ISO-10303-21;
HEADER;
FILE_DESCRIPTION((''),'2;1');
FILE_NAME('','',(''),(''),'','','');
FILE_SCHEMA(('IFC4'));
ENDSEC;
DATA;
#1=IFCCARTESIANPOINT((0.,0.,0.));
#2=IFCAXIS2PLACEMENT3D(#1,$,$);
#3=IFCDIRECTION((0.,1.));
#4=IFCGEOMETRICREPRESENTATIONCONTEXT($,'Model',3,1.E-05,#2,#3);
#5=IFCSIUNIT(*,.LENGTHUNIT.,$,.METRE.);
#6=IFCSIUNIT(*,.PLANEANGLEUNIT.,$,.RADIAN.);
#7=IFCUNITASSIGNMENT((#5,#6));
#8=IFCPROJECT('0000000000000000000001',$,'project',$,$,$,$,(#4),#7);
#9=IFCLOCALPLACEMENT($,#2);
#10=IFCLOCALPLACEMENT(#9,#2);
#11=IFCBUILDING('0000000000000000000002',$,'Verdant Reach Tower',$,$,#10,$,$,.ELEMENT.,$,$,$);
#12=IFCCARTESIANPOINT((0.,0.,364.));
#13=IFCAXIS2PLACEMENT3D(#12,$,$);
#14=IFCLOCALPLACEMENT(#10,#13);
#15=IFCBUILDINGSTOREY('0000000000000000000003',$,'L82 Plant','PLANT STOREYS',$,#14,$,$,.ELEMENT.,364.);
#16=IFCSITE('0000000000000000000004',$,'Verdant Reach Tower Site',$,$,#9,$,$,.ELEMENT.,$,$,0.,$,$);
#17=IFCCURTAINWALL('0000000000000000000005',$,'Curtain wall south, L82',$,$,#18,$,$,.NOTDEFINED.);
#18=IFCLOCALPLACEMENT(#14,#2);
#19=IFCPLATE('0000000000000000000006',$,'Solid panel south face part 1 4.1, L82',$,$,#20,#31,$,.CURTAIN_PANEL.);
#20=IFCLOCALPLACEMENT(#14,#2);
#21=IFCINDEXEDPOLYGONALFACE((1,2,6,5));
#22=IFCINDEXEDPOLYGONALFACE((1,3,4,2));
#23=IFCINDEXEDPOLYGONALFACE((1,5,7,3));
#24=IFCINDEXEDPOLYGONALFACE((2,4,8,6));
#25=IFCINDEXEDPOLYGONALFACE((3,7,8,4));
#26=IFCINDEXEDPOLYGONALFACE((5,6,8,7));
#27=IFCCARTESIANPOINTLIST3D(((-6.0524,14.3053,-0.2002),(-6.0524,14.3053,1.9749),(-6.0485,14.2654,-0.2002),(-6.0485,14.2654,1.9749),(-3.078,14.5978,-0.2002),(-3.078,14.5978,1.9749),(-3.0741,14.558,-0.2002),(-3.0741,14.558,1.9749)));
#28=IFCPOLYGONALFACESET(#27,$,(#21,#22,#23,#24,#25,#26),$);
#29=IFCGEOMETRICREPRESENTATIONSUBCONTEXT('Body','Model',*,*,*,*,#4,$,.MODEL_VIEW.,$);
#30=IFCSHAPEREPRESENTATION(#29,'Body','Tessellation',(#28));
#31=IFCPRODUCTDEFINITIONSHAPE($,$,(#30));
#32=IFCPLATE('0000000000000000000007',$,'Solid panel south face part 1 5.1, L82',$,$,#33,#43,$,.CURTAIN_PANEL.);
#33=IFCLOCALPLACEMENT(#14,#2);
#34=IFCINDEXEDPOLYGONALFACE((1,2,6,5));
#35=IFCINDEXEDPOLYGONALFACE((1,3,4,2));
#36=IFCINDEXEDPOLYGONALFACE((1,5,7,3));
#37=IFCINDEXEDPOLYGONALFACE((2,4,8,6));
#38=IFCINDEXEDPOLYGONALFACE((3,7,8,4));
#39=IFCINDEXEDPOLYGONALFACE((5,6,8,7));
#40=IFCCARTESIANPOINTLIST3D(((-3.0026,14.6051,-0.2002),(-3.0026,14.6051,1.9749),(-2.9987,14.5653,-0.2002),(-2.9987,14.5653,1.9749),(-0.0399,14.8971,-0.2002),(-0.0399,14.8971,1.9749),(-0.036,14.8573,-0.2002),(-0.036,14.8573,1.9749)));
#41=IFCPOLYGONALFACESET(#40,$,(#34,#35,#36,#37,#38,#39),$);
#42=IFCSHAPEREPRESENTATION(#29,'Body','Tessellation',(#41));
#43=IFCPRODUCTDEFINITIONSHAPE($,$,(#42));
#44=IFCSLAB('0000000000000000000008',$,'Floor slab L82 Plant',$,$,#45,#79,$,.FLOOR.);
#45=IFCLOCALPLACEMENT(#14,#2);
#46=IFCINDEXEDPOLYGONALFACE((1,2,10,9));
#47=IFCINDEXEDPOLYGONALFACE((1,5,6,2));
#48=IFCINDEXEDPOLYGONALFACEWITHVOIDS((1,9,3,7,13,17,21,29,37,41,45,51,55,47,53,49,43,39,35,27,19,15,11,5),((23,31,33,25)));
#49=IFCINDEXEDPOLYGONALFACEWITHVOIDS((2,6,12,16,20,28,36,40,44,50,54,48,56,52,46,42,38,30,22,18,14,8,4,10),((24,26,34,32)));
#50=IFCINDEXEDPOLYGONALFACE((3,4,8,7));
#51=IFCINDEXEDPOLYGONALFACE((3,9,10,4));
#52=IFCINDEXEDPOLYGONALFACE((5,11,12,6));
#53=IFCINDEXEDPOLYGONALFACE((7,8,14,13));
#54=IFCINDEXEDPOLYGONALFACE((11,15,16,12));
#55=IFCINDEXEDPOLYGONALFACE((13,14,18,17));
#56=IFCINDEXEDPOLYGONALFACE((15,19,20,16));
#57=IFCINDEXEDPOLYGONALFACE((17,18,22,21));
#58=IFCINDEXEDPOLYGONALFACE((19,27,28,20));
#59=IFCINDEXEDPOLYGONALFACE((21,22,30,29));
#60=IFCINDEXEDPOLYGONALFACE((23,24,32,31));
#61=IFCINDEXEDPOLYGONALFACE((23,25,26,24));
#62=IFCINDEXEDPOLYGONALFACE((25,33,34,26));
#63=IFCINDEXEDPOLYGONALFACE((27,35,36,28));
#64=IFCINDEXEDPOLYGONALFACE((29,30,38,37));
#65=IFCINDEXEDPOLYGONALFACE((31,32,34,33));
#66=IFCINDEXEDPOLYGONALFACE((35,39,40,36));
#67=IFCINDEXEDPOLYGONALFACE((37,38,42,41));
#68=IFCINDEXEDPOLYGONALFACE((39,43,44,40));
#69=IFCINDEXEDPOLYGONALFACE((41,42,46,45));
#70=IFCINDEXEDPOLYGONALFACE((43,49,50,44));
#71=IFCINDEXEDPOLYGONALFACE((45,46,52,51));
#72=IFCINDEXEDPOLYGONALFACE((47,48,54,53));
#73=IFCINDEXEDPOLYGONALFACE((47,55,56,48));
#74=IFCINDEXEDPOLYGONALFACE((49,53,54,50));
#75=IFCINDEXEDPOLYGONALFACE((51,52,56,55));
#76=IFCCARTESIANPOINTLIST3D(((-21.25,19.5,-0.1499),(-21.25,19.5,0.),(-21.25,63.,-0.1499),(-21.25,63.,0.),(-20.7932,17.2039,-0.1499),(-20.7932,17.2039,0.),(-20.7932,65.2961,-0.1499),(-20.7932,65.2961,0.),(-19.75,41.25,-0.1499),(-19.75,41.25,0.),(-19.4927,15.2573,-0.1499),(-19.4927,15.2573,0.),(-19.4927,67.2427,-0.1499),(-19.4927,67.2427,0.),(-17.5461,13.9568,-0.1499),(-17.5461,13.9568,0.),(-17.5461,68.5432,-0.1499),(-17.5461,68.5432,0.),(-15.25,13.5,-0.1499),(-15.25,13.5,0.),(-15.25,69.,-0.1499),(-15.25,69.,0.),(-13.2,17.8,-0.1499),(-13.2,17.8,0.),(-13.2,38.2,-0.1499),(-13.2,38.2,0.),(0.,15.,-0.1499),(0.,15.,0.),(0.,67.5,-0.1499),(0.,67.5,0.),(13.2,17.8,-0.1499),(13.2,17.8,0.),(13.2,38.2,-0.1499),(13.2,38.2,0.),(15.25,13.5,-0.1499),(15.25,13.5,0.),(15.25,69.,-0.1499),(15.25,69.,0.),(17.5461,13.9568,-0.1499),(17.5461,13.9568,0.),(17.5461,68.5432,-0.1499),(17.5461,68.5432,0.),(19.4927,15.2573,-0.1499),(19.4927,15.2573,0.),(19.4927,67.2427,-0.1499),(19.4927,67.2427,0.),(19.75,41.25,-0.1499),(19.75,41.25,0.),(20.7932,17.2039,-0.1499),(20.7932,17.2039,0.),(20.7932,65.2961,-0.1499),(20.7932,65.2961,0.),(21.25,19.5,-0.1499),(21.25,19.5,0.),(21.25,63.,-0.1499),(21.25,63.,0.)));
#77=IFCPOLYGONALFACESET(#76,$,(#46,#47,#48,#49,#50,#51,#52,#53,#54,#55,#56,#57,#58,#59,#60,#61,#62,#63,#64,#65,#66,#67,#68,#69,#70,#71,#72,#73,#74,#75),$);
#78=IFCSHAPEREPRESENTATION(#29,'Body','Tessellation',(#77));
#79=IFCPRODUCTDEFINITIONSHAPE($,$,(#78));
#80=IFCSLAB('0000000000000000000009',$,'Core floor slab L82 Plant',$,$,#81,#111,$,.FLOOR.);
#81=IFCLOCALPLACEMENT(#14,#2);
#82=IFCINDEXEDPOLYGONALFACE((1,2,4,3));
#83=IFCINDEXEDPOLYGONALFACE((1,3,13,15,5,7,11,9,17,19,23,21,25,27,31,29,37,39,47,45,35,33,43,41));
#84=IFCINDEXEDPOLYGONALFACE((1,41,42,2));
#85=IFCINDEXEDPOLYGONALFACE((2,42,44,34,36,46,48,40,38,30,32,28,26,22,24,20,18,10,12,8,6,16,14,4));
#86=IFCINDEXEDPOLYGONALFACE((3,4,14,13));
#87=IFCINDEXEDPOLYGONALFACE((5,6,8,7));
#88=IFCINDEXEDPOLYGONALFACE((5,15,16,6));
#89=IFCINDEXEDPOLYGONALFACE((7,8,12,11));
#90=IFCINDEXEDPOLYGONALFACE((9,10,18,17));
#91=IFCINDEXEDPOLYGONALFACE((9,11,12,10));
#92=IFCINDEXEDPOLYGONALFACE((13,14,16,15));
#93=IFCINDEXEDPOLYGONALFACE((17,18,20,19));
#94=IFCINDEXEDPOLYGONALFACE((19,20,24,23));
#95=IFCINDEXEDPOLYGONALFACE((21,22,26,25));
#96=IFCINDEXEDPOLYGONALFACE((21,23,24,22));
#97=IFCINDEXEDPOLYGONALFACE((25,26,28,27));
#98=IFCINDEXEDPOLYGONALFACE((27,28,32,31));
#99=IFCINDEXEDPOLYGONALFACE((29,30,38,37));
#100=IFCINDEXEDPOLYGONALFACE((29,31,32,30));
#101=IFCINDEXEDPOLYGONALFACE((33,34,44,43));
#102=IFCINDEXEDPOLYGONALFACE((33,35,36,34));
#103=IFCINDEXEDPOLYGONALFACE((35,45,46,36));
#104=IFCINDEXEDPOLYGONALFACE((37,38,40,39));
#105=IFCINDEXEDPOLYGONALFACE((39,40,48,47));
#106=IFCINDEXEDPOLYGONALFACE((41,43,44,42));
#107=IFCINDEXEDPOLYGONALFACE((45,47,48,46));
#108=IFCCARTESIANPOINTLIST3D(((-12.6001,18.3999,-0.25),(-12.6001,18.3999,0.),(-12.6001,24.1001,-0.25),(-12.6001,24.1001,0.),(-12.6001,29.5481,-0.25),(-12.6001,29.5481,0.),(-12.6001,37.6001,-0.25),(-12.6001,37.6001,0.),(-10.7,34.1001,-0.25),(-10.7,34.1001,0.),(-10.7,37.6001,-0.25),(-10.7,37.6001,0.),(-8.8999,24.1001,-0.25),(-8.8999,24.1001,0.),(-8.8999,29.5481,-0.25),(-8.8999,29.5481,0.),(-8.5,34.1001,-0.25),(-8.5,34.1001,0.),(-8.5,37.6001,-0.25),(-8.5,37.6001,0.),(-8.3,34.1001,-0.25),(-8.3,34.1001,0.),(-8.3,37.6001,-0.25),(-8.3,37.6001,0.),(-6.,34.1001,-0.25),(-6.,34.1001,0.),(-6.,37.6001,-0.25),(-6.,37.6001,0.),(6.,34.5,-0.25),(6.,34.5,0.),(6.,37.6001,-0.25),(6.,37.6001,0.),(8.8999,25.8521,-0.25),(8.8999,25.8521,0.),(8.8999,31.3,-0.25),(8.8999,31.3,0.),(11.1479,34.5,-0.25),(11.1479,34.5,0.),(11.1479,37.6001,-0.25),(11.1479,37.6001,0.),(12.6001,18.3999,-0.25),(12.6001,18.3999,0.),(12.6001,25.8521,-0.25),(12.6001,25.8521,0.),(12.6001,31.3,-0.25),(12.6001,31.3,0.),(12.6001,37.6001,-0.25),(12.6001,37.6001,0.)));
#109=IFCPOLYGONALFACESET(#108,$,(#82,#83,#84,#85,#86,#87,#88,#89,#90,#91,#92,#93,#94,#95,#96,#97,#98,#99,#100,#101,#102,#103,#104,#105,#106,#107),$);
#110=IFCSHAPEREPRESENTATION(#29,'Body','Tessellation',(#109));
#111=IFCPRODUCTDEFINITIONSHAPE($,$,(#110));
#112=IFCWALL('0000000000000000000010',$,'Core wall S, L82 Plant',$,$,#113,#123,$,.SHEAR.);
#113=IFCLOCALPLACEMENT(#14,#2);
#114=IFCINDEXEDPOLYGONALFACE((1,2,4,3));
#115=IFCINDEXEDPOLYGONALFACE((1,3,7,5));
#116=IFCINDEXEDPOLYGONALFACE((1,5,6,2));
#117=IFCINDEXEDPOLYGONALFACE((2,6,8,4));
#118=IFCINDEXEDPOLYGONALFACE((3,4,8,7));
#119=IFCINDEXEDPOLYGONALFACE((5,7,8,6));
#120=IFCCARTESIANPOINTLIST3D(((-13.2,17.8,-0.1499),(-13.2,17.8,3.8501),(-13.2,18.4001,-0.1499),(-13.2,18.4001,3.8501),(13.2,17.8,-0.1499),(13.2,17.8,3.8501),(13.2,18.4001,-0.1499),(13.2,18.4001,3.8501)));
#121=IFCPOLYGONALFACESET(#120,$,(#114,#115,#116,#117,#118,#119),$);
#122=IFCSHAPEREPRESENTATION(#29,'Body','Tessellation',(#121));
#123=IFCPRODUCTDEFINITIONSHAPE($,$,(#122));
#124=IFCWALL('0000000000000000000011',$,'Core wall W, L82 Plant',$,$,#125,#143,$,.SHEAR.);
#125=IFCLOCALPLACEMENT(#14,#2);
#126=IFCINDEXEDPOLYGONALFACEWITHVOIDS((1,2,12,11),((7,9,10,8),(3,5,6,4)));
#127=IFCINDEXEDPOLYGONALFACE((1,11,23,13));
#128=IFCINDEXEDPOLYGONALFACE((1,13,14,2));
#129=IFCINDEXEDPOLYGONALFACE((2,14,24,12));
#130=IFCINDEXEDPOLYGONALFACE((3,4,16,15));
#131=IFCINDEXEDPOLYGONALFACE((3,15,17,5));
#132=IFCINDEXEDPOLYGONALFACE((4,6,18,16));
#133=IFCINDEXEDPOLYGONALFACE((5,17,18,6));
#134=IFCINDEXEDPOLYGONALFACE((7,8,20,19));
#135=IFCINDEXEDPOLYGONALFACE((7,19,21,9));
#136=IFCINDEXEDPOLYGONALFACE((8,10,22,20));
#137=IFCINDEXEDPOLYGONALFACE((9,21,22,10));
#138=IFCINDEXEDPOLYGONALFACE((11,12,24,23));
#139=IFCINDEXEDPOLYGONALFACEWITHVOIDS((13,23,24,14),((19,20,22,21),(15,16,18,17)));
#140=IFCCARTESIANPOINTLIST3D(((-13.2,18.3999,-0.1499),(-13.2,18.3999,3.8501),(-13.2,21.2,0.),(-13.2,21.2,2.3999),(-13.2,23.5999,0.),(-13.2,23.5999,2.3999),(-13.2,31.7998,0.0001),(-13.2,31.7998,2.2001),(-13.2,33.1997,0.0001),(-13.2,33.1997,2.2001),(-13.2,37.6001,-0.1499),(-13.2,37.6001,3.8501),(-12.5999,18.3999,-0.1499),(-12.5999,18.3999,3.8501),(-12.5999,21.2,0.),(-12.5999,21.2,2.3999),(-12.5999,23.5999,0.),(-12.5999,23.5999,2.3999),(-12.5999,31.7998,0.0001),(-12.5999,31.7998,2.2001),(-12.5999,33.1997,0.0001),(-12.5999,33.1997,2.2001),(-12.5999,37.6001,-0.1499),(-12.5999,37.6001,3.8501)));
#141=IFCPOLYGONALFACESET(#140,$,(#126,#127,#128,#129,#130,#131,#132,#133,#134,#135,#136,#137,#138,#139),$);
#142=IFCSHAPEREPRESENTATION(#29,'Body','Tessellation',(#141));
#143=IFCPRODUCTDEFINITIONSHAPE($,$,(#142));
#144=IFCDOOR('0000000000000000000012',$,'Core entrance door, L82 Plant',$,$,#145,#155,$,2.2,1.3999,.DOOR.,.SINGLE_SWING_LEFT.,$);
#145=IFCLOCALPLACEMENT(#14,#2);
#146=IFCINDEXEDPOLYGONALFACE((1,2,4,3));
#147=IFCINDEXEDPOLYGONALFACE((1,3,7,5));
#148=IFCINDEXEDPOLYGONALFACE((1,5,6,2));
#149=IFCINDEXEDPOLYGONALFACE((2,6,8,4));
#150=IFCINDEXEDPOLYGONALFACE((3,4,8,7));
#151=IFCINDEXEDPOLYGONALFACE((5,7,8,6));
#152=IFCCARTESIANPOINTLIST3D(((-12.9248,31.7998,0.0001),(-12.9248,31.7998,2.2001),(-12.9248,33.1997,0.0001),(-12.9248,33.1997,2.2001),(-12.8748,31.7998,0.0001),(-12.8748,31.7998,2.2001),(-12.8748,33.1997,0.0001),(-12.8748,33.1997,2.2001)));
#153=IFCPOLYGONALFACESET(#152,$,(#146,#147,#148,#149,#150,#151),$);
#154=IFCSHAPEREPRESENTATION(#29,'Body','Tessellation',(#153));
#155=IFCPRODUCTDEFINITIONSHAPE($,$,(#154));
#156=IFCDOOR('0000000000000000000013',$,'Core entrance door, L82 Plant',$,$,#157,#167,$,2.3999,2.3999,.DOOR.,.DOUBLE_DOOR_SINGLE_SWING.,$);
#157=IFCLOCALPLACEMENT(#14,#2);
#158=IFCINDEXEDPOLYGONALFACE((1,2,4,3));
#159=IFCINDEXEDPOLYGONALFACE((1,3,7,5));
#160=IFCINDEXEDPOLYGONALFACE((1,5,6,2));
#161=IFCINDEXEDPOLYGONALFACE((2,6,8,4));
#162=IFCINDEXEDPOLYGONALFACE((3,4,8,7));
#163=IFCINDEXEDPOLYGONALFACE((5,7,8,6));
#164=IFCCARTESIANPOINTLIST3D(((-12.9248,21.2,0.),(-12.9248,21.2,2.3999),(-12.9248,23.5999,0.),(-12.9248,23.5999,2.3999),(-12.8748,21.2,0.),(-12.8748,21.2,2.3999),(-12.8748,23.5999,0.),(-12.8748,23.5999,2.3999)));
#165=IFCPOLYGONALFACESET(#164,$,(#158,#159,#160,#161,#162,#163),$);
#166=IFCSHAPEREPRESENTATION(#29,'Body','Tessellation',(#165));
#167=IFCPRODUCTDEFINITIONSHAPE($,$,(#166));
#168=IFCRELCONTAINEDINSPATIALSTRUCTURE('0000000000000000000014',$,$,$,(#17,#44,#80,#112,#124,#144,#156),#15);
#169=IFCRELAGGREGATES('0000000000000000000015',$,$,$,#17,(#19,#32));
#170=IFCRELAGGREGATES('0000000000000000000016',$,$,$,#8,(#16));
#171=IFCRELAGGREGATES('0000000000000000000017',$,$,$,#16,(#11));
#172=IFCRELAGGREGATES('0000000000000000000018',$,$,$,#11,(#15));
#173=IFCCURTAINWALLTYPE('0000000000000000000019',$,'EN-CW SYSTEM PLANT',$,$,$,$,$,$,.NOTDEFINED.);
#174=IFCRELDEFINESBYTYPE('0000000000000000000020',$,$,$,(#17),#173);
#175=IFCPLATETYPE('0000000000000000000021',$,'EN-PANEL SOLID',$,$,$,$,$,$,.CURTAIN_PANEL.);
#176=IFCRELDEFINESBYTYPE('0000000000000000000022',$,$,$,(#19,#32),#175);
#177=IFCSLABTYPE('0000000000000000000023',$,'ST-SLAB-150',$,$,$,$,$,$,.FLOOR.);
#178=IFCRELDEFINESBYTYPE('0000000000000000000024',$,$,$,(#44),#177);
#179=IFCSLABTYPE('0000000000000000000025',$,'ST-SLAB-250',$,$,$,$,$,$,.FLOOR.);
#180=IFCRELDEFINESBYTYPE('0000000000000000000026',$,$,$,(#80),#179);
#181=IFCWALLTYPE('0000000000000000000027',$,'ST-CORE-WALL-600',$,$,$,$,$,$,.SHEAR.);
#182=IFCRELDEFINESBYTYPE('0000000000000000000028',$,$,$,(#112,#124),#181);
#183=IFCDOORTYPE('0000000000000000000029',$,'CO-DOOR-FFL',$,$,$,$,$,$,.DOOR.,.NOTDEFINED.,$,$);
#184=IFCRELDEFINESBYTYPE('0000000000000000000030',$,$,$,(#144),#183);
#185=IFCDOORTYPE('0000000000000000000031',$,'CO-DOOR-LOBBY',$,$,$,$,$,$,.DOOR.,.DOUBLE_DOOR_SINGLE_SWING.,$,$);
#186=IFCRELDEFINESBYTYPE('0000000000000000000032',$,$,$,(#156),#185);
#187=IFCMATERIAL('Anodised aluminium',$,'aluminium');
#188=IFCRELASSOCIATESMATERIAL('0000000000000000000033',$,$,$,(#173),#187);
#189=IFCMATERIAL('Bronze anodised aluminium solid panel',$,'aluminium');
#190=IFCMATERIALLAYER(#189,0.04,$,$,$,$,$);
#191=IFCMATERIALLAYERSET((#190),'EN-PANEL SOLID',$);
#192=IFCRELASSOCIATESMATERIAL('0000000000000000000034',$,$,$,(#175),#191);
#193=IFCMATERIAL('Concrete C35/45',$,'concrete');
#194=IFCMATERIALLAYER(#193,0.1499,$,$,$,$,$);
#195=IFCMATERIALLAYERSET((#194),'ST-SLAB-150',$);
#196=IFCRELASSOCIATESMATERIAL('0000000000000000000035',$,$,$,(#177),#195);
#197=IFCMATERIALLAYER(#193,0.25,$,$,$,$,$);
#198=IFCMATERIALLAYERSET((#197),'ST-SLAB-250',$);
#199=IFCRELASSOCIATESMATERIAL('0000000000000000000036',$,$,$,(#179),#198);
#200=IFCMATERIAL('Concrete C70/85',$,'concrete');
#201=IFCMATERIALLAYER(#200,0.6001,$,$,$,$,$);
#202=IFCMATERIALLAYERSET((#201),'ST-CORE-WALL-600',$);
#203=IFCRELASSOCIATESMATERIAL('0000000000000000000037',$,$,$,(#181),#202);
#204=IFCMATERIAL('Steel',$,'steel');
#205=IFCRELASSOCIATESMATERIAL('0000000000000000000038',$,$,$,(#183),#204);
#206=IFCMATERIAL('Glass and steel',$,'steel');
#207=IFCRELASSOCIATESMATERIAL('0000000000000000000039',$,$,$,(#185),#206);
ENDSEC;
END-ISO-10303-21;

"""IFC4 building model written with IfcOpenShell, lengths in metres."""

from ifc_helpers import new_model, si_unit, direction, frame, frame_2d, origin, origin_2d, place, context, subcontext, project, spatial, polyline, rectangle, outline, extrude, material, layer, layer_set, type_object, element, fill, aggregate, save


model = new_model("IFC4")

# Units and contexts
model_context = context("Model", 3, precision=1e-05, world=origin(), true_north=direction((0.0, 1.0)))
body_context = subcontext(model_context, "Body", "Model", "MODEL_VIEW")
ifc_project = project(units=[si_unit("LENGTHUNIT", "METRE"), si_unit("PLANEANGLEUNIT", "RADIAN")], contexts=[model_context])

# Site, building, storey
site_placement = place(None, origin())
site = spatial("IfcSite", under=ifc_project, at=site_placement, Name="Verdant Reach Tower Site", CompositionType="ELEMENT", RefElevation=0.0)
building_placement = place(site_placement, origin())
building = spatial("IfcBuilding", under=site, at=building_placement, Name="Verdant Reach Tower", CompositionType="ELEMENT")
storey_placement = place(building_placement, frame((0.0, 0.0, 364.0)))
storey = spatial("IfcBuildingStorey", under=building, at=storey_placement, Name="L82 Plant", Description="PLANT STOREYS", CompositionType="ELEMENT", Elevation=364.0)

# Curtain wall
ifc_material_1 = material(Name="Anodised aluminium", Category="aluminium")
curtain_wall_type = type_object("IfcCurtainWallType", Name="EN-CW SYSTEM PLANT", PredefinedType="NOTDEFINED", material=ifc_material_1)
curtain_wall_placement = place(storey_placement, origin())
curtain_wall = element("IfcCurtainWall", 1, at=curtain_wall_placement, inside=storey, type_object=curtain_wall_type, Name="Curtain wall south, L82", PredefinedType="NOTDEFINED")

# Plates
ifc_material_2 = material(Name="Bronze anodised aluminium solid panel", Category="aluminium")
ifc_layer_1 = layer(ifc_material_2, 0.04)
ifc_layer_set_1 = layer_set([ifc_layer_1], Name="EN-PANEL SOLID")
plate_type = type_object("IfcPlateType", Name="EN-PANEL SOLID", PredefinedType="CURTAIN_PANEL", material=ifc_layer_set_1)
plate_1_placement = place(storey_placement, frame((-4.5632, 14.4316, -0.2002), z_axis=(0.0, 0.0, 1.0), x_axis=(0.995197, 0.097888, 0.0)))
plate_1 = element("IfcPlate", 2, at=plate_1_placement, type_object=plate_type, Name="Solid panel south face part 1 4.1, L82", PredefinedType="CURTAIN_PANEL", context=body_context, shape_type="SweptSolid", body=[
    extrude(rectangle(XDim=2.9888, YDim=0.04, at=origin_2d()), origin(), (0.0, 0.0, 1.0), 2.175),
])
plate_2_placement = place(storey_placement, frame((-1.5193, 14.7312, -0.2002), z_axis=(0.0, 0.0, 1.0), x_axis=(0.995179, 0.098075, 0.0)))
plate_2 = element("IfcPlate", 3, at=plate_2_placement, type_object=plate_type, Name="Solid panel south face part 1 5.1, L82", PredefinedType="CURTAIN_PANEL", context=body_context, shape_type="SweptSolid", body=[
    extrude(rectangle(XDim=2.9771, YDim=0.04, at=origin_2d()), origin(), (0.0, 0.0, 1.0), 2.175),
])

# Slabs
ifc_material_3 = material(Name="Concrete C35/45", Category="concrete")
ifc_layer_2 = layer(ifc_material_3, 0.1499)
ifc_layer_set_2 = layer_set([ifc_layer_2], Name="ST-SLAB-150")
slab_type_1 = type_object("IfcSlabType", Name="ST-SLAB-150", PredefinedType="FLOOR", material=ifc_layer_set_2)
slab_1_placement = place(storey_placement, frame((0.0, 0.0, -0.1499)))
element("IfcSlab", 4, at=slab_1_placement, inside=storey, type_object=slab_type_1, Name="Floor slab L82 Plant", PredefinedType="FLOOR", context=body_context, shape_type="SweptSolid", body=[
    extrude(outline(polyline([(0.0, 15.0), (-15.25, 13.5), (-17.5461, 13.9568), (-19.4927, 15.2573), (-20.7932, 17.2039), (-21.25, 19.5), (-19.75, 41.25), (-21.25, 63.0), (-20.7932, 65.2961), (-19.4927, 67.2427), (-17.5461, 68.5432), (-15.25, 69.0), (0.0, 67.5), (15.25, 69.0), (17.5461, 68.5432), (19.4927, 67.2427), (20.7932, 65.2961), (21.25, 63.0), (19.75, 41.25), (21.25, 19.5), (20.7932, 17.2039), (19.4927, 15.2573), (17.5461, 13.9568), (15.25, 13.5), (0.0, 15.0)]), holes=[polyline([(13.2, 38.2), (-13.2, 38.2), (-13.2, 17.8), (13.2, 17.8), (13.2, 38.2)])]), origin(), (0.0, 0.0, 1.0), 0.1499),
])
ifc_layer_3 = layer(ifc_material_3, 0.25)
ifc_layer_set_3 = layer_set([ifc_layer_3], Name="ST-SLAB-250")
slab_type_2 = type_object("IfcSlabType", Name="ST-SLAB-250", PredefinedType="FLOOR", material=ifc_layer_set_3)
slab_2_placement = place(storey_placement, frame((0.0, 0.0, -0.25)))
element("IfcSlab", 5, at=slab_2_placement, inside=storey, type_object=slab_type_2, Name="Core floor slab L82 Plant", PredefinedType="FLOOR", context=body_context, shape_type="SweptSolid", body=[
    extrude(outline(polyline([(12.6001, 18.3999), (-12.6001, 18.3999), (-12.6001, 24.1001), (-8.8999, 24.1001), (-8.8999, 29.5481), (-12.6001, 29.5481), (-12.6001, 37.6001), (-10.7, 37.6001), (-10.7, 34.1001), (-8.5, 34.1001), (-8.5, 37.6001), (-8.3, 37.6001), (-8.3, 34.1001), (-6.0, 34.1001), (-6.0, 37.6001), (6.0, 37.6001), (6.0, 34.5), (11.1479, 34.5), (11.1479, 37.6001), (12.6001, 37.6001), (12.6001, 31.3), (8.8999, 31.3), (8.8999, 25.8521), (12.6001, 25.8521), (12.6001, 18.3999)])), origin(), (0.0, 0.0, 1.0), 0.25),
])

# Wall
ifc_material_4 = material(Name="Concrete C70/85", Category="concrete")
ifc_layer_4 = layer(ifc_material_4, 0.6001)
ifc_layer_set_4 = layer_set([ifc_layer_4], Name="ST-CORE-WALL-600")
wall_type_1 = type_object("IfcWallType", Name="ST-CORE-WALL-600", PredefinedType="SHEAR", material=ifc_layer_set_4)
wall_1_placement = place(storey_placement, frame((-13.2, 18.1001, -0.1499), z_axis=(0.0, 0.0, 1.0), x_axis=(1.0, 0.0, 0.0)))
element("IfcWall", 6, at=wall_1_placement, inside=storey, type_object=wall_type_1, Name="Core wall S, L82 Plant", PredefinedType="SHEAR", context=body_context, shape_type="SweptSolid", body=[
    extrude(rectangle(XDim=26.3999, YDim=0.6001, at=frame_2d((13.2, 0.0))), origin(), (0.0, 0.0, 1.0), 4.0),
])

# Wall, openings, doors
wall_2_placement = place(storey_placement, frame((-12.8999, 18.3999, -0.1499), z_axis=(0.0, 0.0, 1.0), x_axis=(0.0, 1.0, 0.0)))
wall_2 = element("IfcWall", 7, at=wall_2_placement, inside=storey, type_object=wall_type_1, Name="Core wall W, L82 Plant", PredefinedType="SHEAR", context=body_context, shape_type="SweptSolid", body=[
    extrude(rectangle(XDim=19.2002, YDim=0.6001, at=frame_2d((9.6001, 0.0))), origin(), (0.0, 0.0, 1.0), 4.0),
])
opening_1_placement = place(wall_2_placement, frame((2.8, 0.0, 0.1499)))
opening_1 = element("IfcOpeningElement", 8, at=opening_1_placement, cuts=wall_2, PredefinedType="OPENING", context=body_context, shape_type="SweptSolid", body=[
    extrude(rectangle(XDim=2.3999, YDim=2.3999, at=frame_2d((1.2, 1.2))), frame((0.0, 0.3101, 0.0), z_axis=(0.0, -1.0, 0.0), x_axis=(1.0, 0.0, 0.0)), (0.0, 0.0, 1.0), 0.6201),
])
opening_2_placement = place(wall_2_placement, frame((13.3999, 0.0, 0.1499)))
opening_2 = element("IfcOpeningElement", 9, at=opening_2_placement, cuts=wall_2, PredefinedType="OPENING", context=body_context, shape_type="SweptSolid", body=[
    extrude(rectangle(XDim=1.3999, YDim=2.2, at=frame_2d((0.7, 1.1001))), frame((0.0, 0.3101, 0.0), z_axis=(0.0, -1.0, 0.0), x_axis=(1.0, 0.0, 0.0)), (0.0, 0.0, 1.0), 0.6201),
])
ifc_material_5 = material(Name="Steel", Category="steel")
door_type_1 = type_object("IfcDoorType", Name="CO-DOOR-FFL", OperationType="NOTDEFINED", PredefinedType="DOOR", material=ifc_material_5)
door_1_placement = place(opening_2_placement, origin())
door_1 = element("IfcDoor", 10, at=door_1_placement, inside=storey, type_object=door_type_1, Name="Core entrance door, L82 Plant", OperationType="SINGLE_SWING_LEFT", OverallHeight=2.2, OverallWidth=1.3999, PredefinedType="DOOR", context=body_context, shape_type="SweptSolid", body=[
    extrude(rectangle(XDim=1.3999, YDim=2.2, at=frame_2d((0.7, 1.1001))), frame((0.0, 0.0249, 0.0), z_axis=(0.0, -1.0, 0.0), x_axis=(1.0, 0.0, 0.0)), (0.0, 0.0, 1.0), 0.05),
])
fill(opening_2, door_1)
ifc_material_6 = material(Name="Glass and steel", Category="steel")
door_type_2 = type_object("IfcDoorType", Name="CO-DOOR-LOBBY", OperationType="DOUBLE_DOOR_SINGLE_SWING", PredefinedType="DOOR", material=ifc_material_6)
door_2_placement = place(opening_1_placement, origin())
door_2 = element("IfcDoor", 11, at=door_2_placement, inside=storey, type_object=door_type_2, Name="Core entrance door, L82 Plant", OperationType="DOUBLE_DOOR_SINGLE_SWING", OverallHeight=2.3999, OverallWidth=2.3999, PredefinedType="DOOR", context=body_context, shape_type="SweptSolid", body=[
    extrude(rectangle(XDim=2.3999, YDim=2.3999, at=frame_2d((1.2, 1.2))), frame((0.0, 0.0249, 0.0), z_axis=(0.0, -1.0, 0.0), x_axis=(1.0, 0.0, 0.0)), (0.0, 0.0, 1.0), 0.05),
])
fill(opening_1, door_2)

aggregate(curtain_wall, [plate_1, plate_2])

save(model, "model.ifc")
